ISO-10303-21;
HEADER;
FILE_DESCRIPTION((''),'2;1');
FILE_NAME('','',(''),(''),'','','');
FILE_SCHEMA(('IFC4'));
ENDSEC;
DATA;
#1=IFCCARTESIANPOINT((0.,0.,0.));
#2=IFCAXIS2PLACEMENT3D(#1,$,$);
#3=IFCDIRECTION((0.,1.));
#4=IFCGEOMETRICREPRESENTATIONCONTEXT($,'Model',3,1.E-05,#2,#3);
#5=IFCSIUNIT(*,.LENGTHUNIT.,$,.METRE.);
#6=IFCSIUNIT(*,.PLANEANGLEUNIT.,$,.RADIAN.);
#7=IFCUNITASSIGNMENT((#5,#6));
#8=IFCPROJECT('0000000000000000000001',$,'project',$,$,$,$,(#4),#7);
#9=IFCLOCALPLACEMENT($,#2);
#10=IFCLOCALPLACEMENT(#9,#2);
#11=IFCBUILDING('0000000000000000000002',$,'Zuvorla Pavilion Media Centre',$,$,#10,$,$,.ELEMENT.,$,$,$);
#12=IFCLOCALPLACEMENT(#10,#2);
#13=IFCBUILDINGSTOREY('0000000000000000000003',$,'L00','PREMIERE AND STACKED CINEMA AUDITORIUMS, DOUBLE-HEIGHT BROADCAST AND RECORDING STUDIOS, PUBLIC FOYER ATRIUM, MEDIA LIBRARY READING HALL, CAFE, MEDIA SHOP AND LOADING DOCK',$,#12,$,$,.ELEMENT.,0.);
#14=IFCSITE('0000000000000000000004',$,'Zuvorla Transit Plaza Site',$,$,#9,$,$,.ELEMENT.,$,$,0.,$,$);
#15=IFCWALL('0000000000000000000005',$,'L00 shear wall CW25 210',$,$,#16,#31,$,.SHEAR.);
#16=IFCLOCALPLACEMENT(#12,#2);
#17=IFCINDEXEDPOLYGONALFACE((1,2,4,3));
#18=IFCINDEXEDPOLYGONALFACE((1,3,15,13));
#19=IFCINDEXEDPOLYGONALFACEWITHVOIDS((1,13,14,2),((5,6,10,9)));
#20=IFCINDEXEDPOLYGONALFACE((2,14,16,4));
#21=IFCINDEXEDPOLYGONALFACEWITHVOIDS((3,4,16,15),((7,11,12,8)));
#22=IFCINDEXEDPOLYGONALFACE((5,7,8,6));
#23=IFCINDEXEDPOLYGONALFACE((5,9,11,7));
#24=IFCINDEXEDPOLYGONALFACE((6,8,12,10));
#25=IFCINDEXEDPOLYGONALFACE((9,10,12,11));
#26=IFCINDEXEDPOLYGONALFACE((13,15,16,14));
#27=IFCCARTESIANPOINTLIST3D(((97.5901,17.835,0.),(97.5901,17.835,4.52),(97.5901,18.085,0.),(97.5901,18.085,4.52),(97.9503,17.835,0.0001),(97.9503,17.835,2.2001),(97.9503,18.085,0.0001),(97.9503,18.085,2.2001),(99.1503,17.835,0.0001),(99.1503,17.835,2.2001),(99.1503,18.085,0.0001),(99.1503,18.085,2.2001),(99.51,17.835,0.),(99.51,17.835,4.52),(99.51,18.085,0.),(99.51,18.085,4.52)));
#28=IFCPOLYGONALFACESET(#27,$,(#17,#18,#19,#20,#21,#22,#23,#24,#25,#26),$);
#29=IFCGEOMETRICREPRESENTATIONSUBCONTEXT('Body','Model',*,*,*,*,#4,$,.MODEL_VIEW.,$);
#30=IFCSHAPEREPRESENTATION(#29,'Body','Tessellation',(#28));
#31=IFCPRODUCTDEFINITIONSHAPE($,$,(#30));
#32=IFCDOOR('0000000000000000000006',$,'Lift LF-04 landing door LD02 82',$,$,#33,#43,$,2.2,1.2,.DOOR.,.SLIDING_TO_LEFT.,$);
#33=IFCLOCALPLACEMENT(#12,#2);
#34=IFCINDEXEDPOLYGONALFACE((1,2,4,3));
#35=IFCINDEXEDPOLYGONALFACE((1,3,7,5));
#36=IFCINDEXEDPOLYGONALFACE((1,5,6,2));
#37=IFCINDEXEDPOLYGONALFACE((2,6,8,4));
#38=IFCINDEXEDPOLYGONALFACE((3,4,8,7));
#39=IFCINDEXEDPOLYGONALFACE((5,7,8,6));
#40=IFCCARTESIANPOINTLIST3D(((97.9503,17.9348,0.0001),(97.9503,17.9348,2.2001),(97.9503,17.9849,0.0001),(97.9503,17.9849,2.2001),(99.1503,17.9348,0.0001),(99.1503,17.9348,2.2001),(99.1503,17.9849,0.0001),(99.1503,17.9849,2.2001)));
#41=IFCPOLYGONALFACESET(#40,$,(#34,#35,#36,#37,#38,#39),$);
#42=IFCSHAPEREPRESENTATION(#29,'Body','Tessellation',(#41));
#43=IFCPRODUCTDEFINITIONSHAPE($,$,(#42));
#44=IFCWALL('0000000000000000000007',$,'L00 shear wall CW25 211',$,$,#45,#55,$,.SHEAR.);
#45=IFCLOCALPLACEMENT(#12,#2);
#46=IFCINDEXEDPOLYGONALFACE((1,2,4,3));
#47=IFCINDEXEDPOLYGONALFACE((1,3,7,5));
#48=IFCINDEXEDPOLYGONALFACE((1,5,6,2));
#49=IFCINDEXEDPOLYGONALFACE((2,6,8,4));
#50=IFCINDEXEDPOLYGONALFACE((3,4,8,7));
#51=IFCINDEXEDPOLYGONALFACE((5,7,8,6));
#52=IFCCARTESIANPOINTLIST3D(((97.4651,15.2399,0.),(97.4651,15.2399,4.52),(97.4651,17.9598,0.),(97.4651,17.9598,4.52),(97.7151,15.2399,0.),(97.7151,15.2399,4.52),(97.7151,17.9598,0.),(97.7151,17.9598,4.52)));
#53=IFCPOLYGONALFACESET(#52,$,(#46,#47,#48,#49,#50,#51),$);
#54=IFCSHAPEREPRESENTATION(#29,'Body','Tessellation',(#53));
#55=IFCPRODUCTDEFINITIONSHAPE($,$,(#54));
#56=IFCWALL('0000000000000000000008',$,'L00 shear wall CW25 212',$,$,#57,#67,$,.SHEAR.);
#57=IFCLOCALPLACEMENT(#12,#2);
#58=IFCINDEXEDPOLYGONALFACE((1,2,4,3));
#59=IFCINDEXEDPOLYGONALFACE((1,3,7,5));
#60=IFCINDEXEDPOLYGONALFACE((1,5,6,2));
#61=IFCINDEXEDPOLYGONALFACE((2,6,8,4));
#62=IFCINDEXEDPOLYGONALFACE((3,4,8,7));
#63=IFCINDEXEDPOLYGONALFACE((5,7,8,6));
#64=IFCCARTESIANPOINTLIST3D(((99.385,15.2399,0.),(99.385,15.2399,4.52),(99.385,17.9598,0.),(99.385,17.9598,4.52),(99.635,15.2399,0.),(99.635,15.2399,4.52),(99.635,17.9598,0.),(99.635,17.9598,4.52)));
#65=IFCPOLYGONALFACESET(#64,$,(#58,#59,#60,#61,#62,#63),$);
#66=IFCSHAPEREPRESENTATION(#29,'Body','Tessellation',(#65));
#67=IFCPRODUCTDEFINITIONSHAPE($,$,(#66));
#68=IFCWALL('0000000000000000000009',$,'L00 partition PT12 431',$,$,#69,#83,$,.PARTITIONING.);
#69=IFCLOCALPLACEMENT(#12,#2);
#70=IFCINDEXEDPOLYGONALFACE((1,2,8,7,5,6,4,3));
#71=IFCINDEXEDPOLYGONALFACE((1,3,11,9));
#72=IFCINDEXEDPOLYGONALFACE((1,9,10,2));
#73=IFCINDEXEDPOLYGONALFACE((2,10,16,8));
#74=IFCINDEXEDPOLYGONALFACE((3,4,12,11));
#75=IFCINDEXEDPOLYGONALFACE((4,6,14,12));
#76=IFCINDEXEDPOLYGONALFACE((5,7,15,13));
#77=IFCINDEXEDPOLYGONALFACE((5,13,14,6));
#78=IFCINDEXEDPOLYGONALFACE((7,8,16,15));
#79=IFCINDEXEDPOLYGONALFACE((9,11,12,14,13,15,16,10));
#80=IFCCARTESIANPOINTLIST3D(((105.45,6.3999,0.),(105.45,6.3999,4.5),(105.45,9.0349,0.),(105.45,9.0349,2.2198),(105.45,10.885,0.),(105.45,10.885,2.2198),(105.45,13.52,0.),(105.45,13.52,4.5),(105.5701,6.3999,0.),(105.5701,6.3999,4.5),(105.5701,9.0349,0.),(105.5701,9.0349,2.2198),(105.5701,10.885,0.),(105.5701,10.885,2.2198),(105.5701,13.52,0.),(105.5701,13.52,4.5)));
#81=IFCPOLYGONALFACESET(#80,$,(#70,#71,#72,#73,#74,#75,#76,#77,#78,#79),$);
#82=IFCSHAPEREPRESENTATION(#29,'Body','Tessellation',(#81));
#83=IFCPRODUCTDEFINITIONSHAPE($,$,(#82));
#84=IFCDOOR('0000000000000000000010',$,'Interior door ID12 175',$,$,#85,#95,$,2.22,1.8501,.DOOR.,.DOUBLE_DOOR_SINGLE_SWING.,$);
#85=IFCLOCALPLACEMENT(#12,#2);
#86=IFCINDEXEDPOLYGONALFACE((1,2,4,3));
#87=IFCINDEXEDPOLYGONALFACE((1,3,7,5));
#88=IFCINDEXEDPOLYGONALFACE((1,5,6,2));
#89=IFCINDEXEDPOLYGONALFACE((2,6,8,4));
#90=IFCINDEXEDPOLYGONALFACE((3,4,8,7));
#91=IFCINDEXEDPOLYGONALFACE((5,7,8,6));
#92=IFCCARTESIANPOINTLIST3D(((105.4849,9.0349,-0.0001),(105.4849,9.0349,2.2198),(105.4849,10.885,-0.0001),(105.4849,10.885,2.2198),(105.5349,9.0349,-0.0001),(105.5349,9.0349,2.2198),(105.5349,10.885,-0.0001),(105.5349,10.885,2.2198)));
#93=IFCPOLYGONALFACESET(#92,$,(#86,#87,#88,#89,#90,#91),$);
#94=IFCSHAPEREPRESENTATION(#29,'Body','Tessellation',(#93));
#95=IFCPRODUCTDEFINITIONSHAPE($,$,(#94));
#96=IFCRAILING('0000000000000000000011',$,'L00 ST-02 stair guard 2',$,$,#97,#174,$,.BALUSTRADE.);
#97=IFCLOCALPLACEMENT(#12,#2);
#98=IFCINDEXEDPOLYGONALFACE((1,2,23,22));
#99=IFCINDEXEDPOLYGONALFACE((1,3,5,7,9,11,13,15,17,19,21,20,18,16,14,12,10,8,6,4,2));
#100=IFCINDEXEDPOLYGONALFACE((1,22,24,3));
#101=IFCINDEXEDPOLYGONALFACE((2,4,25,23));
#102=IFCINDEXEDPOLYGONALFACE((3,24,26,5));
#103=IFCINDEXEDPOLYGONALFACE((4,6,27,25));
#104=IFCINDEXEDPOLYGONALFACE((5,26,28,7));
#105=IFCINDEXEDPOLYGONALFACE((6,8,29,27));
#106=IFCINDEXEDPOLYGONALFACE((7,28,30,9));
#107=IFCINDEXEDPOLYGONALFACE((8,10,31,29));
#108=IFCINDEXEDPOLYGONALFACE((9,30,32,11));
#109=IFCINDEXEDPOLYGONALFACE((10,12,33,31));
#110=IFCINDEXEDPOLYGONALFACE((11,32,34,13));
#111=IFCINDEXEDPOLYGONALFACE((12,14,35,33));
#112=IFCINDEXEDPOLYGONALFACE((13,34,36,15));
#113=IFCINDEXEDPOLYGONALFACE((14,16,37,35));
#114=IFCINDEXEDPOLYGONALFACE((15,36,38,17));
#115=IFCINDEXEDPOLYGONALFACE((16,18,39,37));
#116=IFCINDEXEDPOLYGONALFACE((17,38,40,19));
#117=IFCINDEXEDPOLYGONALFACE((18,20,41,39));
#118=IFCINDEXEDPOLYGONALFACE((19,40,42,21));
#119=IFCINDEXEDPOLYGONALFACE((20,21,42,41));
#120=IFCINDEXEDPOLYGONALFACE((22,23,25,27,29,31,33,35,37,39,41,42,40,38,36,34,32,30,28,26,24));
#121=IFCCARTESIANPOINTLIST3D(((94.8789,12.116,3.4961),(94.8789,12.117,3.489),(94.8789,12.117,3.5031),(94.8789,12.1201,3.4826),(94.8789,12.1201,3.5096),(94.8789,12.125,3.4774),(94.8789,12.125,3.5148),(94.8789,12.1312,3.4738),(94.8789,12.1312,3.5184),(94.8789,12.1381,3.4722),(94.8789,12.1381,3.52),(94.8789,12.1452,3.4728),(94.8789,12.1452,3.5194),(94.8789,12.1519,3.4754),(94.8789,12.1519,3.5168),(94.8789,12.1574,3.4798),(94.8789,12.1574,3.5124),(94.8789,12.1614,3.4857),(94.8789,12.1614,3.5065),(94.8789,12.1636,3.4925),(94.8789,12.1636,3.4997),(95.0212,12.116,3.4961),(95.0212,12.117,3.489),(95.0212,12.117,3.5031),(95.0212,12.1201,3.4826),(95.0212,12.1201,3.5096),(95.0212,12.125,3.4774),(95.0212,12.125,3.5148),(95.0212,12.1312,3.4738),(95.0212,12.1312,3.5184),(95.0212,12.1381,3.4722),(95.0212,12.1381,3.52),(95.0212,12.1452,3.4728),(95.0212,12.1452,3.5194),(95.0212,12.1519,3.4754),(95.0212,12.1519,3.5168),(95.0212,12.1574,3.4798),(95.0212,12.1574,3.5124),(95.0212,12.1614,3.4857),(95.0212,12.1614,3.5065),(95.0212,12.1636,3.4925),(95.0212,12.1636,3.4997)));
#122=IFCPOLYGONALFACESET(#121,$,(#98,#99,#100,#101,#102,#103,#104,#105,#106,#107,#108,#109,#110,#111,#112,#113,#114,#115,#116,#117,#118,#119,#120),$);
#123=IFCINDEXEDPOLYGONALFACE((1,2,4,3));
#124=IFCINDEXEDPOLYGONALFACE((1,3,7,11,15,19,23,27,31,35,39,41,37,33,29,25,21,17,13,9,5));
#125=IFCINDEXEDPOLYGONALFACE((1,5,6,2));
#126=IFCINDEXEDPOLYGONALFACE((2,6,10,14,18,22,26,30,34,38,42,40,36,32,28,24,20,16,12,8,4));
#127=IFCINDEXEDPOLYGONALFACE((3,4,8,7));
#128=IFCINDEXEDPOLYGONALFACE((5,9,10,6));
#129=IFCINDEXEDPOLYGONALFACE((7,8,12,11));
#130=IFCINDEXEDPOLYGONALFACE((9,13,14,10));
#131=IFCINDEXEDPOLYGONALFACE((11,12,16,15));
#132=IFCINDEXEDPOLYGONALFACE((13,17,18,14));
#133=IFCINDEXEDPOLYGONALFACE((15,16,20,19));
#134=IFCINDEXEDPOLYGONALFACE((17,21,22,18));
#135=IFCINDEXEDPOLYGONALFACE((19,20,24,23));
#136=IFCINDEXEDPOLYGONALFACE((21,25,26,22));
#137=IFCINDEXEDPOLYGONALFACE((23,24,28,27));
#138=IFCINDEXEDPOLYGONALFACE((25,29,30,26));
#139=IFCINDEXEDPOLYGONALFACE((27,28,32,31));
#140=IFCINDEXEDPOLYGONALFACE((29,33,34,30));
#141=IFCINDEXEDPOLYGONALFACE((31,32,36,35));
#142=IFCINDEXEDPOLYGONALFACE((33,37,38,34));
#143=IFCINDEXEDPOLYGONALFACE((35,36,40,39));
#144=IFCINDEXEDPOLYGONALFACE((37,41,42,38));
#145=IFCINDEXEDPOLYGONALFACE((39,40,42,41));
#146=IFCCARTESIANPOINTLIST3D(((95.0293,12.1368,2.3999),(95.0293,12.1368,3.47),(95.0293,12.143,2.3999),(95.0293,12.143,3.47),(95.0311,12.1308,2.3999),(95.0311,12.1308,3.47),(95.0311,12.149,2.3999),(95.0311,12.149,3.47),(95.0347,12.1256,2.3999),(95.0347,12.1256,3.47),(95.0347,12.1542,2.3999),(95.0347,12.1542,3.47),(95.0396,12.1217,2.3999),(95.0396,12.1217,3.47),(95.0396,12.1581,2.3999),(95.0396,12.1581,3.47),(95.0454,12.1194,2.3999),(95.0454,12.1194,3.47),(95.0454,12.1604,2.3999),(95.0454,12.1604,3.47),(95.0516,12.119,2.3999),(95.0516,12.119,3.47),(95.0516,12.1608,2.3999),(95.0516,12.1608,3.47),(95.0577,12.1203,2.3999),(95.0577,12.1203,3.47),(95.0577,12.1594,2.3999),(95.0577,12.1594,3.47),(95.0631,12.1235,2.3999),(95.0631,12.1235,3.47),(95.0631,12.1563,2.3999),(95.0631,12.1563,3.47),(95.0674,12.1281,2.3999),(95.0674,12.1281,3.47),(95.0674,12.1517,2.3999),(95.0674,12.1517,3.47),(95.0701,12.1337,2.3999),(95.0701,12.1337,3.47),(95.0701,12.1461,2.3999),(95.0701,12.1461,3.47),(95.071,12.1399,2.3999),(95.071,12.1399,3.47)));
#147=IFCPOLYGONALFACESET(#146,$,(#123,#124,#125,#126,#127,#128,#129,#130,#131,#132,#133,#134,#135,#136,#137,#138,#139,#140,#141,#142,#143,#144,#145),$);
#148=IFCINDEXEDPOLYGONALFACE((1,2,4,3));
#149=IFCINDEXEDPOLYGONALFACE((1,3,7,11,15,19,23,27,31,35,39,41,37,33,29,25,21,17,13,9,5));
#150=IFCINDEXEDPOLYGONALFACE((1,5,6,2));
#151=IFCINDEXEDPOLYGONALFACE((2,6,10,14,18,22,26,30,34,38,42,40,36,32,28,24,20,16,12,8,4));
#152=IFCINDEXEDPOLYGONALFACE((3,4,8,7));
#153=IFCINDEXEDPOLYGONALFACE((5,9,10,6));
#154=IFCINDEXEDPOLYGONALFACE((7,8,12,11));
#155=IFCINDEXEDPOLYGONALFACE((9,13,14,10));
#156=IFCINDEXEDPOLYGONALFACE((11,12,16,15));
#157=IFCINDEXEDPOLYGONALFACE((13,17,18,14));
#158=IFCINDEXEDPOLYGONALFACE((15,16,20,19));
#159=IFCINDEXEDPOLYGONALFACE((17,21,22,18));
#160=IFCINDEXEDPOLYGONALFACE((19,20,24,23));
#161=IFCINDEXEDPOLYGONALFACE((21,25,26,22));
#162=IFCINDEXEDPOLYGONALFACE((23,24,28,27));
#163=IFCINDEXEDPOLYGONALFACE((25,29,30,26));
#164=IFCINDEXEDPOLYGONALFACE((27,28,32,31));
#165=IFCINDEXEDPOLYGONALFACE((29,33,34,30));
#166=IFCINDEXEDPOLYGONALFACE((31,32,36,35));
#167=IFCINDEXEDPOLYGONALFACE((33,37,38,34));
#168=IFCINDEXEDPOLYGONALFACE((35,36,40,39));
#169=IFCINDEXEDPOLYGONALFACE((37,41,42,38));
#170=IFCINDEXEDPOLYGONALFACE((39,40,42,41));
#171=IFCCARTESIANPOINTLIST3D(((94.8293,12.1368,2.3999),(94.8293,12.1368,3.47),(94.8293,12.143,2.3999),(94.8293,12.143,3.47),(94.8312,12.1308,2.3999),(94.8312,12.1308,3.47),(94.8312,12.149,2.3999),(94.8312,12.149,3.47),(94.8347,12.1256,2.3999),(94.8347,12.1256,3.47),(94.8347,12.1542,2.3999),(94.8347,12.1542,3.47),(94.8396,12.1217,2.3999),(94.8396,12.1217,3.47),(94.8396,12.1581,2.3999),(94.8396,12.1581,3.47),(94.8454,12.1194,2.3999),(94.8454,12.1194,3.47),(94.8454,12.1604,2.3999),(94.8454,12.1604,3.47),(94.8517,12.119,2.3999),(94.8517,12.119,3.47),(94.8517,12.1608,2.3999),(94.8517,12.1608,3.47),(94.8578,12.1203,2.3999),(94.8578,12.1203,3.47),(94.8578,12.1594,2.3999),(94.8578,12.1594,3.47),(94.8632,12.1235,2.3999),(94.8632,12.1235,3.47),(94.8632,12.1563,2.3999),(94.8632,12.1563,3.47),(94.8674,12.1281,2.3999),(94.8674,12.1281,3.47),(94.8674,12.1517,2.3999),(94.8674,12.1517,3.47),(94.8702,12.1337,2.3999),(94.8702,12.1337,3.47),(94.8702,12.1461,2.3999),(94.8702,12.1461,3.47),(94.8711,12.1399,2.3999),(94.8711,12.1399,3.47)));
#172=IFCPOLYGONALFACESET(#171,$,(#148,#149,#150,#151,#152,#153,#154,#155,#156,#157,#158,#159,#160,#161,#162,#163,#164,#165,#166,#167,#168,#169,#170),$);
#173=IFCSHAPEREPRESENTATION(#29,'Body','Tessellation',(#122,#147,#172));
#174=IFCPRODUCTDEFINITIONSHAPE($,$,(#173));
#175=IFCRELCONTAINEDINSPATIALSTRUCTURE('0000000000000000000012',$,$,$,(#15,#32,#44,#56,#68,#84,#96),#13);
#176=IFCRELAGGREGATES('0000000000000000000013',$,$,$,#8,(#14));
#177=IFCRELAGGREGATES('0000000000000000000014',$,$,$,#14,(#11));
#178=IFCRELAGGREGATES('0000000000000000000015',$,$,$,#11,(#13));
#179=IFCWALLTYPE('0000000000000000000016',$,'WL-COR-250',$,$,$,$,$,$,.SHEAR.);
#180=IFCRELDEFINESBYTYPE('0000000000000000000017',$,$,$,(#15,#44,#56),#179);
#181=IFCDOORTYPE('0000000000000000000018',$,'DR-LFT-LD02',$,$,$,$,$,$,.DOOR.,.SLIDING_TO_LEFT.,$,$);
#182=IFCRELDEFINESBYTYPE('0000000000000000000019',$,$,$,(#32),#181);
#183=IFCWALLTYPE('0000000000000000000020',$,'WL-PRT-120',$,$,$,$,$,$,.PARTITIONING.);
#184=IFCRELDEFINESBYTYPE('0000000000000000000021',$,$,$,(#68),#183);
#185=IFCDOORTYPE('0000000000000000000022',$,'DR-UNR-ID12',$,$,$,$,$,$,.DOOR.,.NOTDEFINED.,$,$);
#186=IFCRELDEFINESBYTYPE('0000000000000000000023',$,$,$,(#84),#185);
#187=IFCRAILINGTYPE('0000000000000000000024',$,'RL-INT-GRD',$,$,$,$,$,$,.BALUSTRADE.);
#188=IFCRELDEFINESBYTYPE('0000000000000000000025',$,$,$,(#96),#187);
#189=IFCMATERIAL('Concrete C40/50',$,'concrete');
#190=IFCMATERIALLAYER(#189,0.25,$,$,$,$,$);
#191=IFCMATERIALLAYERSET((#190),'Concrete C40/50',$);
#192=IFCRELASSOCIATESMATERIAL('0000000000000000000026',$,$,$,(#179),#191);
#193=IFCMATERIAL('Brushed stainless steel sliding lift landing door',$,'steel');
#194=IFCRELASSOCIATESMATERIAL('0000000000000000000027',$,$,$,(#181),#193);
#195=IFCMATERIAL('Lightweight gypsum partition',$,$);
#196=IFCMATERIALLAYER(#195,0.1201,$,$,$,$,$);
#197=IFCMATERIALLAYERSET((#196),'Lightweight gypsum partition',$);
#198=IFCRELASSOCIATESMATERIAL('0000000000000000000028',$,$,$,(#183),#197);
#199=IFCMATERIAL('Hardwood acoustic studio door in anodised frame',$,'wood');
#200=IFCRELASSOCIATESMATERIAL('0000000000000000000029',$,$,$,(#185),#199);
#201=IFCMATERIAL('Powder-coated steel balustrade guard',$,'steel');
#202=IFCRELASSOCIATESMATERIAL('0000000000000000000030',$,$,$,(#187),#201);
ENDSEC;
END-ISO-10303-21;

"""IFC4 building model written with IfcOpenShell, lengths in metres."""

from ifc_helpers import new_model, si_unit, direction, frame, frame_2d, origin, origin_2d, place, context, subcontext, project, spatial, rectangle, circle, extrude, material, layer, layer_set, type_object, element, fill, save


model = new_model("IFC4")

# Units and contexts
model_context = context("Model", 3, precision=1e-05, world=origin(), true_north=direction((0.0, 1.0)))
body_context = subcontext(model_context, "Body", "Model", "MODEL_VIEW")
ifc_project = project(units=[si_unit("LENGTHUNIT", "METRE"), si_unit("PLANEANGLEUNIT", "RADIAN")], contexts=[model_context])

# Site, building, storey
site_placement = place(None, origin())
site = spatial("IfcSite", under=ifc_project, at=site_placement, Name="Zuvorla Transit Plaza Site", CompositionType="ELEMENT", RefElevation=0.0)
building_placement = place(site_placement, origin())
building = spatial("IfcBuilding", under=site, at=building_placement, Name="Zuvorla Pavilion Media Centre", CompositionType="ELEMENT")
storey_placement = place(building_placement, origin())
storey = spatial("IfcBuildingStorey", under=building, at=storey_placement, Name="L00", Description="PREMIERE AND STACKED CINEMA AUDITORIUMS, DOUBLE-HEIGHT BROADCAST AND RECORDING STUDIOS, PUBLIC FOYER ATRIUM, MEDIA LIBRARY READING HALL, CAFE, MEDIA SHOP AND LOADING DOCK", CompositionType="ELEMENT", Elevation=0.0)

# Shared definitions
ifc_material_1 = material(Name="Concrete C40/50", Category="concrete")

# Shared definitions
ifc_layer_1 = layer(ifc_material_1, 0.25)
ifc_layer_set_1 = layer_set([ifc_layer_1], Name="Concrete C40/50")
wall_type_1 = type_object("IfcWallType", Name="WL-COR-250", PredefinedType="SHEAR", material=ifc_layer_set_1)

# Wall, opening, door
wall_1_placement = place(storey_placement, frame((97.5901, 17.96, 0.0), z_axis=(0.0, 0.0, 1.0), x_axis=(1.0, 0.0, 0.0)))
wall_1 = element("IfcWall", 1, at=wall_1_placement, inside=storey, type_object=wall_type_1, Name="L00 shear wall CW25 210", PredefinedType="SHEAR", context=body_context, shape_type="SweptSolid", body=[
    extrude(rectangle(XDim=1.9199, YDim=0.25, at=frame_2d((0.96, 0.0))), origin(), (0.0, 0.0, 1.0), 4.52),
])
opening_1_placement = place(wall_1_placement, frame((0.3601, 0.0, 0.0)))
opening_1 = element("IfcOpeningElement", 2, at=opening_1_placement, cuts=wall_1, PredefinedType="OPENING", context=body_context, shape_type="SweptSolid", body=[
    extrude(rectangle(XDim=1.2, YDim=2.2, at=frame_2d((0.6001, 1.1001))), frame((0.0, 0.135, 0.0), z_axis=(0.0, -1.0, 0.0), x_axis=(1.0, 0.0, 0.0)), (0.0, 0.0, 1.0), 0.27),
])
ifc_material_2 = material(Name="Brushed stainless steel sliding lift landing door", Category="steel")
door_type_1 = type_object("IfcDoorType", Name="DR-LFT-LD02", OperationType="SLIDING_TO_LEFT", PredefinedType="DOOR", material=ifc_material_2)
door_1_placement = place(opening_1_placement, origin())
door_1 = element("IfcDoor", 3, at=door_1_placement, inside=storey, type_object=door_type_1, Name="Lift LF-04 landing door LD02 82", OperationType="SLIDING_TO_LEFT", OverallHeight=2.2, OverallWidth=1.2, PredefinedType="DOOR", context=body_context, shape_type="SweptSolid", body=[
    extrude(rectangle(XDim=1.2, YDim=2.2, at=frame_2d((0.6001, 1.1001))), frame((0.0, 0.0249, 0.0), z_axis=(0.0, -1.0, 0.0), x_axis=(1.0, 0.0, 0.0)), (0.0, 0.0, 1.0), 0.05),
])
fill(opening_1, door_1)

# Walls
for number, where, z_axis, x_axis, name in (
    (4, (97.5901, 15.24, 0.0), (0.0, 0.0, 1.0), (0.0, 1.0, 0.0), "L00 shear wall CW25 211"),
    (5, (99.51, 15.24, 0.0), (0.0, 0.0, 1.0), (0.0, 1.0, 0.0), "L00 shear wall CW25 212"),
):
    element("IfcWall", number, at=place(storey_placement, frame(where, z_axis=z_axis, x_axis=x_axis)), inside=storey, type_object=wall_type_1, Name=name, PredefinedType="SHEAR", context=body_context, shape_type="SweptSolid", body=[
        extrude(rectangle(XDim=2.72, YDim=0.25, at=frame_2d((1.3599, 0.0))), origin(), (0.0, 0.0, 1.0), 4.52),
    ])

# Wall, opening, door
ifc_material_3 = material(Name="Lightweight gypsum partition")
ifc_layer_2 = layer(ifc_material_3, 0.1201)
ifc_layer_set_2 = layer_set([ifc_layer_2], Name="Lightweight gypsum partition")
wall_type_2 = type_object("IfcWallType", Name="WL-PRT-120", PredefinedType="PARTITIONING", material=ifc_layer_set_2)
wall_2_placement = place(storey_placement, frame((105.51, 13.52, 0.0), z_axis=(0.0, 0.0, 1.0), x_axis=(0.0, -1.0, 0.0)))
wall_2 = element("IfcWall", 6, at=wall_2_placement, inside=storey, type_object=wall_type_2, Name="L00 partition PT12 431", PredefinedType="PARTITIONING", context=body_context, shape_type="SweptSolid", body=[
    extrude(rectangle(XDim=7.1201, YDim=0.1201, at=frame_2d((3.5601, 0.0))), origin(), (0.0, 0.0, 1.0), 4.5),
])
opening_2_placement = place(wall_2_placement, frame((2.635, 0.0, 0.0)))
opening_2 = element("IfcOpeningElement", 7, at=opening_2_placement, cuts=wall_2, PredefinedType="OPENING", context=body_context, shape_type="SweptSolid", body=[
    extrude(rectangle(XDim=1.8501, YDim=2.22, at=frame_2d((0.925, 1.1099))), frame((0.0, 0.0701, 0.0), z_axis=(0.0, -1.0, 0.0), x_axis=(1.0, 0.0, 0.0)), (0.0, 0.0, 1.0), 0.1401),
])
ifc_material_4 = material(Name="Hardwood acoustic studio door in anodised frame", Category="wood")
door_type_2 = type_object("IfcDoorType", Name="DR-UNR-ID12", OperationType="NOTDEFINED", PredefinedType="DOOR", material=ifc_material_4)
door_2_placement = place(opening_2_placement, origin())
door_2 = element("IfcDoor", 8, at=door_2_placement, inside=storey, type_object=door_type_2, Name="Interior door ID12 175", OperationType="DOUBLE_DOOR_SINGLE_SWING", OverallHeight=2.22, OverallWidth=1.8501, PredefinedType="DOOR", context=body_context, shape_type="SweptSolid", body=[
    extrude(rectangle(XDim=1.8501, YDim=2.22, at=frame_2d((0.925, 1.1099))), frame((0.0, 0.0249, 0.0), z_axis=(0.0, -1.0, 0.0), x_axis=(1.0, 0.0, 0.0)), (0.0, 0.0, 1.0), 0.05),
])
fill(opening_2, door_2)

# Railing
ifc_material_5 = material(Name="Powder-coated steel balustrade guard", Category="steel")
railing_type = type_object("IfcRailingType", Name="RL-INT-GRD", PredefinedType="BALUSTRADE", material=ifc_material_5)
railing_placement = place(storey_placement, frame((95.05, 12.1399, 2.3999)))
element("IfcRailing", 9, at=railing_placement, inside=storey, type_object=railing_type, Name="L00 ST-02 stair guard 2", PredefinedType="BALUSTRADE", context=body_context, shape_type="SweptSolid", body=[
    extrude(circle(Radius=0.0239, at=origin_2d()), frame((-0.0288, 0.0, 1.0962), z_axis=(-1.0, 0.0, 0.0), x_axis=(0.0, -1.0, 0.0)), (0.0, 0.0, 1.0), 0.1423),
    extrude(circle(Radius=0.021, at=origin_2d()), origin(), (0.0, 0.0, 1.0), 1.0701),
    extrude(circle(Radius=0.021, at=origin_2d()), frame((-0.2, 0.0, 0.0)), (0.0, 0.0, 1.0), 1.0701),
])

save(model, "model.ifc")
